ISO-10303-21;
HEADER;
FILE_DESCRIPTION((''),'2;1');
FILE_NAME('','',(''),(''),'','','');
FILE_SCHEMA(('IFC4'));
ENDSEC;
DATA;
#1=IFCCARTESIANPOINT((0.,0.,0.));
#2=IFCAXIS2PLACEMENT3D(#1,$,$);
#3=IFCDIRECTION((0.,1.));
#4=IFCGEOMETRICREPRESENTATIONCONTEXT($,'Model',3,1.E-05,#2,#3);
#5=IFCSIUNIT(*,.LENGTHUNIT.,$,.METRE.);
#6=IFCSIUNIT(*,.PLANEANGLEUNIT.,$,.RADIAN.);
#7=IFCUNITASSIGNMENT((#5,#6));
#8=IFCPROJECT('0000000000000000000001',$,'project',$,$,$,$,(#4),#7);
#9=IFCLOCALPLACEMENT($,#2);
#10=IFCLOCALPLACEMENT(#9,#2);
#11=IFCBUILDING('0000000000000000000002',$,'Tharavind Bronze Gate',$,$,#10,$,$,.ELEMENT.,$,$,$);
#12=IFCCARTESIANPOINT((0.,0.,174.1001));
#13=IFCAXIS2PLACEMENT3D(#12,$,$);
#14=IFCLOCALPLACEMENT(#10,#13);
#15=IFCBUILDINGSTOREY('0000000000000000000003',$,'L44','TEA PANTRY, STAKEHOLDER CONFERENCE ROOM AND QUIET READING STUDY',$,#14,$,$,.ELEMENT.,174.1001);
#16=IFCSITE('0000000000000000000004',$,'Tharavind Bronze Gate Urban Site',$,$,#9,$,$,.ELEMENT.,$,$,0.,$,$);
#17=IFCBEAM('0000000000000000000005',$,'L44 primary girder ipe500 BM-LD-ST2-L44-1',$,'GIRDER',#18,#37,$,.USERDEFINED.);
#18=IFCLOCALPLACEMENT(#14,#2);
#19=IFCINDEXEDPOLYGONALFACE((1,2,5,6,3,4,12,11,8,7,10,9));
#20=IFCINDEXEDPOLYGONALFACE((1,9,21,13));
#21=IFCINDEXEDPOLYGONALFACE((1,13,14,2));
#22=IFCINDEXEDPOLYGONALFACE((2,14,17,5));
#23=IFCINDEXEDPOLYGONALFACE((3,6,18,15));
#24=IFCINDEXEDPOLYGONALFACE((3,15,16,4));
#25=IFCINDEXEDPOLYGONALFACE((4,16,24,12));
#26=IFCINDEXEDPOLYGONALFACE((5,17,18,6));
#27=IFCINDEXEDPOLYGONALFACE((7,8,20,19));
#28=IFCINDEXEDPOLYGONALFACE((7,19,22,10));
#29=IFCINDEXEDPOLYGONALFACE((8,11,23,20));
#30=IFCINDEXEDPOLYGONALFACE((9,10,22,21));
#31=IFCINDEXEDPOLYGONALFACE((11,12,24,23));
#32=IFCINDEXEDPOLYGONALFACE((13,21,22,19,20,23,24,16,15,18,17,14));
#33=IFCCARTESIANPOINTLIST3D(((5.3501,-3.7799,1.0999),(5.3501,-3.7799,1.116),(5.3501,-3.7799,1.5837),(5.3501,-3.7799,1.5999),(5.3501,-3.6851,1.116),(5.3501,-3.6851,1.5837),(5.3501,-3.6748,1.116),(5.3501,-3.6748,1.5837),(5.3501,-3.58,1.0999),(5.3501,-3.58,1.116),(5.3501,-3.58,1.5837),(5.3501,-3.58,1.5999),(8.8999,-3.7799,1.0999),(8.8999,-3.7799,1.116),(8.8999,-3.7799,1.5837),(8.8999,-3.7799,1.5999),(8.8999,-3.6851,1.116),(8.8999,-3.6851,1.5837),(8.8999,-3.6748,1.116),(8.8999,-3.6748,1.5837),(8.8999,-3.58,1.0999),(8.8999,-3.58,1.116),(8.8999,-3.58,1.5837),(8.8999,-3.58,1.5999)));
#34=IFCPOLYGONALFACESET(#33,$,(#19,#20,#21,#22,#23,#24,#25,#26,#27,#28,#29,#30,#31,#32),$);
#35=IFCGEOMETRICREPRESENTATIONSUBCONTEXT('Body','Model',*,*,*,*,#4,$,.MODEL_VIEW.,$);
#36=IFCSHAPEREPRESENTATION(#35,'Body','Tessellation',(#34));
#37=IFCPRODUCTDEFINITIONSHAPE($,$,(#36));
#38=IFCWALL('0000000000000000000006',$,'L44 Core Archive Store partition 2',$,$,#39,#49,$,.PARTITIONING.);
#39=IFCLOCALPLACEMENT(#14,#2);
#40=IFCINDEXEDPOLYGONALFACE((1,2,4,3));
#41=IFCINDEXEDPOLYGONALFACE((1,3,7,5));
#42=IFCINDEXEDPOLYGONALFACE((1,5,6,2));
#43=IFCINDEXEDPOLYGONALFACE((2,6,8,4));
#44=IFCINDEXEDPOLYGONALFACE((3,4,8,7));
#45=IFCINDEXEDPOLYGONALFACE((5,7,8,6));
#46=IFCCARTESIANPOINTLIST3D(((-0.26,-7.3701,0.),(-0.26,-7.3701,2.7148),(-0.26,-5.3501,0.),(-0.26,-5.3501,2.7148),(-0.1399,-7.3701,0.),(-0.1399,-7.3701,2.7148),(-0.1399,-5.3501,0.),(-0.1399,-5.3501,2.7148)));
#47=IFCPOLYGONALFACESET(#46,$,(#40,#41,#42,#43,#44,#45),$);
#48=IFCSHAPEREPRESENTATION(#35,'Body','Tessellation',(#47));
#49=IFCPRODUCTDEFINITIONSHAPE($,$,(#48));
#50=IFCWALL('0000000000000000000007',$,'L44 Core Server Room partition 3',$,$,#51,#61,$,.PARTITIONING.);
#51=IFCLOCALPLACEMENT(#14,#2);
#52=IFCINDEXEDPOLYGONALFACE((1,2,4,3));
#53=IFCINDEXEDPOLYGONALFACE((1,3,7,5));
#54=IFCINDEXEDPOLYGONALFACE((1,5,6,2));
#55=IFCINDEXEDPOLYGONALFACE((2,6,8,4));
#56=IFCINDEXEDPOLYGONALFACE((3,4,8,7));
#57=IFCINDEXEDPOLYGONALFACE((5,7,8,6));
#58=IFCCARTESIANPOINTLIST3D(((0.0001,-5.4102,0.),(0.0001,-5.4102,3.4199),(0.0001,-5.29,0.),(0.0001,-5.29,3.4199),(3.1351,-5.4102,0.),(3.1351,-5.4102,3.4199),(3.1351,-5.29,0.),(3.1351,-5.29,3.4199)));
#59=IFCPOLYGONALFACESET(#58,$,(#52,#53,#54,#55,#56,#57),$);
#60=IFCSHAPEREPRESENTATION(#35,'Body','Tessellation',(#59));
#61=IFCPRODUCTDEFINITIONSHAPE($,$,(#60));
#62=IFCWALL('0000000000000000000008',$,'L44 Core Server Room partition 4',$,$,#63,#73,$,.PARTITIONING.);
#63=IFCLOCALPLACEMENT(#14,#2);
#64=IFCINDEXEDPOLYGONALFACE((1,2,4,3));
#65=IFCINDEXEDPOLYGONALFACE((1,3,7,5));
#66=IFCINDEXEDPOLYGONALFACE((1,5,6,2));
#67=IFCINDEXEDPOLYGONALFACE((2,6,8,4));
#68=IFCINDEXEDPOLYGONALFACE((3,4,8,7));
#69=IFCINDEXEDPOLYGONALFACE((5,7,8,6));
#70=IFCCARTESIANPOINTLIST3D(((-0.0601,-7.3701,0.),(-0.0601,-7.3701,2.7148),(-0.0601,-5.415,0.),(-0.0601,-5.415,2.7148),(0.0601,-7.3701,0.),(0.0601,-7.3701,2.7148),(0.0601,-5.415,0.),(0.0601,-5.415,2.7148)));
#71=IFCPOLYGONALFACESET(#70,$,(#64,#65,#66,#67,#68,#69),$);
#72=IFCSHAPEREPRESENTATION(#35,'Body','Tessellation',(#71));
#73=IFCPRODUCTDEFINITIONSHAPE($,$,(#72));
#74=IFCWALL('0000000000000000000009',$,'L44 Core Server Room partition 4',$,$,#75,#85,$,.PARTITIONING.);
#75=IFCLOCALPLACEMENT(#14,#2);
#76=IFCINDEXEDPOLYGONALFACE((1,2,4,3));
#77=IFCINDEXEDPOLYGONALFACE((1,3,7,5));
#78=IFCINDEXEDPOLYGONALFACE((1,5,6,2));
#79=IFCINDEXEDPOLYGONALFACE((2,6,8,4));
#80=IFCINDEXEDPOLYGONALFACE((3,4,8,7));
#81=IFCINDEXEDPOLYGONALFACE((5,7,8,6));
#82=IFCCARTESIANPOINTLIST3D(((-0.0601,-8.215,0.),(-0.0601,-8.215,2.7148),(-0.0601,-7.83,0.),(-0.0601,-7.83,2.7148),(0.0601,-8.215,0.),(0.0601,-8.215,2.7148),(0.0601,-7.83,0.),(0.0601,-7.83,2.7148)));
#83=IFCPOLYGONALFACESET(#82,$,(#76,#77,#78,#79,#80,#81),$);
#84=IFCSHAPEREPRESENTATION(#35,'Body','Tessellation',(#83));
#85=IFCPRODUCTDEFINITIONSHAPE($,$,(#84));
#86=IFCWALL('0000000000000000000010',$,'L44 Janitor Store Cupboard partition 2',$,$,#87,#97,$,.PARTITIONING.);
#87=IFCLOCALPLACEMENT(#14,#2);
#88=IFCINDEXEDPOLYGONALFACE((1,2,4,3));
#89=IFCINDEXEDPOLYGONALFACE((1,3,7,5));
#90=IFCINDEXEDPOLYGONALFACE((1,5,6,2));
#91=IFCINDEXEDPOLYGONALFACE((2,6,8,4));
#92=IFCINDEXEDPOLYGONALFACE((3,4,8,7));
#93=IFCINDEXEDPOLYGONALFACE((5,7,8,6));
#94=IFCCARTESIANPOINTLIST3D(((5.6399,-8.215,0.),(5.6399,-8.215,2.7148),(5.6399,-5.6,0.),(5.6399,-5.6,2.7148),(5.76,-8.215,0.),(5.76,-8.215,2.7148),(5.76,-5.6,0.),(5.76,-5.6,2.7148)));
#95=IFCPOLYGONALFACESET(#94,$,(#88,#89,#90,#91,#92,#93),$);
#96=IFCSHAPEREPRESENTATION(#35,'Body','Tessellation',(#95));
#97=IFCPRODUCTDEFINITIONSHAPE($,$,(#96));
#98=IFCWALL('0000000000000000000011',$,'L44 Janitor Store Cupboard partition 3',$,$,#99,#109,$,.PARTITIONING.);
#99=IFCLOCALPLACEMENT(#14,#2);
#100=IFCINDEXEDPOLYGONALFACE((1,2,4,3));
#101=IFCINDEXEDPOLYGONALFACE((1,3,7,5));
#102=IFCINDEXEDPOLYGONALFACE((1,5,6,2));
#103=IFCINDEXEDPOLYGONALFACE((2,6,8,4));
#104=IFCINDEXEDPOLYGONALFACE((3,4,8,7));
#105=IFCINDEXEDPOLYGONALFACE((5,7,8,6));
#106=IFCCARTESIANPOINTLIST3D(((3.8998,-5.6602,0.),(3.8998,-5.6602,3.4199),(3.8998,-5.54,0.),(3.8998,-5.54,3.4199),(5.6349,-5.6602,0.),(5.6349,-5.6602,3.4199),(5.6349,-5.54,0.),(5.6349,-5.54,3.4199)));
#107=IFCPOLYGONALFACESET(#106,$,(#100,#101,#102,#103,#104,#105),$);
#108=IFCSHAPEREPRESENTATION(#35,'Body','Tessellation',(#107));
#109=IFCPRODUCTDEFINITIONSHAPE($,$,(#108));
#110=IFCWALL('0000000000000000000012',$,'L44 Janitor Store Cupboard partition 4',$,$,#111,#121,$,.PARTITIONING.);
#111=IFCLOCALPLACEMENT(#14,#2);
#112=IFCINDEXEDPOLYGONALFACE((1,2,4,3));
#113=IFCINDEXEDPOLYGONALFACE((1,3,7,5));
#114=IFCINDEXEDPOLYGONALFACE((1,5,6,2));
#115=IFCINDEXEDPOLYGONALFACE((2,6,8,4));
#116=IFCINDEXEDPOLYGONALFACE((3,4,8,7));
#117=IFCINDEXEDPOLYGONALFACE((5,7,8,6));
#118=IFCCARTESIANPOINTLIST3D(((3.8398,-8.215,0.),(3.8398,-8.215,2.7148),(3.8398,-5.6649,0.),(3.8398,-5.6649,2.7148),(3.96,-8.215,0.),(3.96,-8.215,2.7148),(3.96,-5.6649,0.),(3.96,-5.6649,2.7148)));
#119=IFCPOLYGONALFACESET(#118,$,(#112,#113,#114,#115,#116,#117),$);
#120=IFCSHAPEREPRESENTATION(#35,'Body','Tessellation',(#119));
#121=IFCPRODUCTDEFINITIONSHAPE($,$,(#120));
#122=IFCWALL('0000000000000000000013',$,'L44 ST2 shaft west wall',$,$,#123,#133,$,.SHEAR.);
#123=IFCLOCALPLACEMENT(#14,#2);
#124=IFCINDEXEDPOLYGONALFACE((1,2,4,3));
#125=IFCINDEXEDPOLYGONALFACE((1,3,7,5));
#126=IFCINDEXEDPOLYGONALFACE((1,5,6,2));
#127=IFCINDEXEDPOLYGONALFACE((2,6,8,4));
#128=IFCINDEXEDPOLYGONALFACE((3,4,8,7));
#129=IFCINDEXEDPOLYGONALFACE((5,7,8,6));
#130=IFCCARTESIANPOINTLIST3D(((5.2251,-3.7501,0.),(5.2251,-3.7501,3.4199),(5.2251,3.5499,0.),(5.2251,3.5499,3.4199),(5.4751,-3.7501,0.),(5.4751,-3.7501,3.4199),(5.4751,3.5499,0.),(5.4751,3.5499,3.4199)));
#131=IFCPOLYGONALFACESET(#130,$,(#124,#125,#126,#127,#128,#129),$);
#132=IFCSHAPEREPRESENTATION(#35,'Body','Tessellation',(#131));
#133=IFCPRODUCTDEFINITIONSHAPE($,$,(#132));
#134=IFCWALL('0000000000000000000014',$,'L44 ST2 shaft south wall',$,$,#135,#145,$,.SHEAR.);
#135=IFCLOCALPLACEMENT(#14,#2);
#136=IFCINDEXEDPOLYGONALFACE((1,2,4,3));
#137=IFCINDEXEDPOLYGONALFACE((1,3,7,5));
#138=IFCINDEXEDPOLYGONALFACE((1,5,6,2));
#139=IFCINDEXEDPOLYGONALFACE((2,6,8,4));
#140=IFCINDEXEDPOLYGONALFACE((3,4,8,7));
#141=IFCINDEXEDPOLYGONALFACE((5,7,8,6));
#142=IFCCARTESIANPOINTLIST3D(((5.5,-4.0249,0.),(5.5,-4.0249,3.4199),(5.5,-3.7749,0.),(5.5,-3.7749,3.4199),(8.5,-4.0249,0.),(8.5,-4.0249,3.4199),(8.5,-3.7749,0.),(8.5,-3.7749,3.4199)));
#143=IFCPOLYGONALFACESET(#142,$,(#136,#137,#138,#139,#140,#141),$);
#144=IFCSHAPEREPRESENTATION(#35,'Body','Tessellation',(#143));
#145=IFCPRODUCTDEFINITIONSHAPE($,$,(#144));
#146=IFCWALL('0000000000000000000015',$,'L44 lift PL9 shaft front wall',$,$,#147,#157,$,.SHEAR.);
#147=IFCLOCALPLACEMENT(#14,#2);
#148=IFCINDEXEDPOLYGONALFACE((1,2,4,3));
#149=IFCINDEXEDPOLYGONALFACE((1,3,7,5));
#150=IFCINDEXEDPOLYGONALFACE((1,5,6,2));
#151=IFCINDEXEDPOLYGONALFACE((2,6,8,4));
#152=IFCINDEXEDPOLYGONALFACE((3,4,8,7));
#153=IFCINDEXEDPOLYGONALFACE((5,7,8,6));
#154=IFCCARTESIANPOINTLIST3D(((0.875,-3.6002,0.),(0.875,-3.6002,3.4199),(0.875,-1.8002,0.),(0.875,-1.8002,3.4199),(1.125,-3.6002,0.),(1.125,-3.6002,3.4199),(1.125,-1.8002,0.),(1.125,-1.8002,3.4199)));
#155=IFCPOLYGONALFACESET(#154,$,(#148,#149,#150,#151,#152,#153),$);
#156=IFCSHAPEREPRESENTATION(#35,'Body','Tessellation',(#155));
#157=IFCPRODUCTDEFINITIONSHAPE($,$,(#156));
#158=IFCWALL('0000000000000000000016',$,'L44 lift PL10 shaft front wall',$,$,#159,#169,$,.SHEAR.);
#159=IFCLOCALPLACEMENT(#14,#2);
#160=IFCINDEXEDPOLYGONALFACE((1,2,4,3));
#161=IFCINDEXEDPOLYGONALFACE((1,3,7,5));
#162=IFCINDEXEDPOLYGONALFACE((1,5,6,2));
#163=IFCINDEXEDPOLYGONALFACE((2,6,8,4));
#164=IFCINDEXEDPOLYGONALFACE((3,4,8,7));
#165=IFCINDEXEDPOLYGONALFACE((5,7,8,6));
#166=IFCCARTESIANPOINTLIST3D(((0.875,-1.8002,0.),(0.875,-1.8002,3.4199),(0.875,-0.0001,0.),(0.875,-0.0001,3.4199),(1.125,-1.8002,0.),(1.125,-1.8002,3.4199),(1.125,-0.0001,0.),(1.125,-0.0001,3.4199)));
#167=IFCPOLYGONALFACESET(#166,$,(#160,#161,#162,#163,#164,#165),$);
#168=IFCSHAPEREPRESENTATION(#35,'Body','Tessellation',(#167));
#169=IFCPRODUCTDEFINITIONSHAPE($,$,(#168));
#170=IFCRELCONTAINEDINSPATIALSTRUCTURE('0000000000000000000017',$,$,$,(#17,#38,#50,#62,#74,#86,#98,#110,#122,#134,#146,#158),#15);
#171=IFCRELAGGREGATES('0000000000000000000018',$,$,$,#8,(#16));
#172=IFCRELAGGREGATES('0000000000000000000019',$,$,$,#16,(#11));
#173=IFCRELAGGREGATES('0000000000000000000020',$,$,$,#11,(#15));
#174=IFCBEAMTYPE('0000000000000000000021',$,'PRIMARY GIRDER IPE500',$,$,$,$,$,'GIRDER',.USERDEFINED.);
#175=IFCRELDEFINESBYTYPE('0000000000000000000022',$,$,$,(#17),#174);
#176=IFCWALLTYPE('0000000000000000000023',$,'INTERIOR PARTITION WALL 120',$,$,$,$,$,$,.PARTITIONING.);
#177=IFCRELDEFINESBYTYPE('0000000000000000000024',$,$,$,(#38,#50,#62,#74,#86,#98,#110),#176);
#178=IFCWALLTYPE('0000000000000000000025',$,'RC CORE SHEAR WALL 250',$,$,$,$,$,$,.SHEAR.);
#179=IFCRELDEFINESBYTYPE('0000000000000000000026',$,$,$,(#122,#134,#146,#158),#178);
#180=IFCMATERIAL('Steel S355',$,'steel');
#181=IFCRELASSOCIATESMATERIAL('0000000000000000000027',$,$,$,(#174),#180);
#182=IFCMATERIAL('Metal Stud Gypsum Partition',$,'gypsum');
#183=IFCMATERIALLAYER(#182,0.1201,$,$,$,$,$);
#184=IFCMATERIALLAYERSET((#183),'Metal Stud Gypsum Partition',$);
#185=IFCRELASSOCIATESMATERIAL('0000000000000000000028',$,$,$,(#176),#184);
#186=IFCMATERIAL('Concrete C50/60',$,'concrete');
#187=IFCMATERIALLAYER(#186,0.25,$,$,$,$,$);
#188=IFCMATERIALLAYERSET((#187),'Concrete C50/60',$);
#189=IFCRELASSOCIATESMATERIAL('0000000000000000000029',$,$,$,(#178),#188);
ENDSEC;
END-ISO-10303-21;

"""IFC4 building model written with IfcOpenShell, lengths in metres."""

from ifc_helpers import new_model, si_unit, direction, frame, frame_2d, origin, origin_2d, place, context, subcontext, project, spatial, rectangle, i_section, extrude, material, layer, layer_set, material_profile, profile_set, type_object, element, save


model = new_model("IFC4")

# Units and contexts
model_context = context("Model", 3, precision=1e-05, world=origin(), true_north=direction((0.0, 1.0)))
body_context = subcontext(model_context, "Body", "Model", "MODEL_VIEW")
ifc_project = project(units=[si_unit("LENGTHUNIT", "METRE"), si_unit("PLANEANGLEUNIT", "RADIAN")], contexts=[model_context])

# Site, building, storey
site_placement = place(None, origin())
site = spatial("IfcSite", under=ifc_project, at=site_placement, Name="Tharavind Bronze Gate Urban Site", CompositionType="ELEMENT", RefElevation=0.0)
building_placement = place(site_placement, origin())
building = spatial("IfcBuilding", under=site, at=building_placement, Name="Tharavind Bronze Gate", CompositionType="ELEMENT")
storey_placement = place(building_placement, frame((0.0, 0.0, 174.1001)))
storey = spatial("IfcBuildingStorey", under=building, at=storey_placement, Name="L44", Description="TEA PANTRY, STAKEHOLDER CONFERENCE ROOM AND QUIET READING STUDY", CompositionType="ELEMENT", Elevation=174.1001)

# Beam
ifc_material_1 = material(Name="Steel S355", Category="steel")
ifc_material_profile = material_profile(ifc_material_1, i_section(OverallWidth=0.2, OverallDepth=0.5, WebThickness=0.0103, FlangeThickness=0.0161, at=origin_2d()), Name="IPE500")
ifc_profile_set = profile_set([ifc_material_profile], Name="Steel S355")
beam_type = type_object("IfcBeamType", Name="PRIMARY GIRDER IPE500", ElementType="GIRDER", PredefinedType="USERDEFINED", material=ifc_profile_set)
beam_placement = place(storey_placement, frame((5.3501, -3.6799, 1.3499), z_axis=(1.0, 0.0, 0.0), x_axis=(0.0, 1.0, 0.0)))
element("IfcBeam", 1, at=beam_placement, inside=storey, type_object=beam_type, Name="L44 primary girder ipe500 BM-LD-ST2-L44-1", ObjectType="GIRDER", PredefinedType="USERDEFINED", context=body_context, shape_type="SweptSolid", body=[
    extrude(i_section(OverallWidth=0.2, OverallDepth=0.5, WebThickness=0.0103, FlangeThickness=0.0161, at=origin_2d()), origin(), (0.0, 0.0, 1.0), 3.5498),
])

# Walls
ifc_material_2 = material(Name="Metal Stud Gypsum Partition", Category="gypsum")
ifc_layer_1 = layer(ifc_material_2, 0.1201)
ifc_layer_set_1 = layer_set([ifc_layer_1], Name="Metal Stud Gypsum Partition")
wall_type_1 = type_object("IfcWallType", Name="INTERIOR PARTITION WALL 120", PredefinedType="PARTITIONING", material=ifc_layer_set_1)
wall_1_placement = place(storey_placement, frame((-0.2, -7.3701, 0.0), z_axis=(0.0, 0.0, 1.0), x_axis=(0.0, 1.0, 0.0)))
element("IfcWall", 2, at=wall_1_placement, inside=storey, type_object=wall_type_1, Name="L44 Core Archive Store partition 2", PredefinedType="PARTITIONING", context=body_context, shape_type="SweptSolid", body=[
    extrude(rectangle(XDim=2.02, YDim=0.1201, at=frame_2d((1.01, 0.0))), origin(), (0.0, 0.0, 1.0), 2.7148),
])
wall_2_placement = place(storey_placement, frame((3.135, -5.3501, 0.0), z_axis=(0.0, 0.0, 1.0), x_axis=(-1.0, 0.0, 0.0)))
element("IfcWall", 3, at=wall_2_placement, inside=storey, type_object=wall_type_1, Name="L44 Core Server Room partition 3", PredefinedType="PARTITIONING", context=body_context, shape_type="SweptSolid", body=[
    extrude(rectangle(XDim=3.135, YDim=0.1201, at=frame_2d((1.5674, 0.0))), origin(), (0.0, 0.0, 1.0), 3.4199),
])
wall_3_placement = place(storey_placement, frame((0.0, -5.415, 0.0), z_axis=(0.0, 0.0, 1.0), x_axis=(0.0, -1.0, 0.0)))
element("IfcWall", 4, at=wall_3_placement, inside=storey, type_object=wall_type_1, Name="L44 Core Server Room partition 4", PredefinedType="PARTITIONING", context=body_context, shape_type="SweptSolid", body=[
    extrude(rectangle(XDim=1.9551, YDim=0.1201, at=frame_2d((0.9775, 0.0))), origin(), (0.0, 0.0, 1.0), 2.7148),
])
wall_4_placement = place(storey_placement, frame((0.0, -7.8301, 0.0), z_axis=(0.0, 0.0, 1.0), x_axis=(0.0, -1.0, 0.0)))
element("IfcWall", 5, at=wall_4_placement, inside=storey, type_object=wall_type_1, Name="L44 Core Server Room partition 4", PredefinedType="PARTITIONING", context=body_context, shape_type="SweptSolid", body=[
    extrude(rectangle(XDim=0.385, YDim=0.1201, at=frame_2d((0.1924, 0.0))), origin(), (0.0, 0.0, 1.0), 2.7148),
])
wall_5_placement = place(storey_placement, frame((5.7, -8.2151, 0.0), z_axis=(0.0, 0.0, 1.0), x_axis=(0.0, 1.0, 0.0)))
element("IfcWall", 6, at=wall_5_placement, inside=storey, type_object=wall_type_1, Name="L44 Janitor Store Cupboard partition 2", PredefinedType="PARTITIONING", context=body_context, shape_type="SweptSolid", body=[
    extrude(rectangle(XDim=2.615, YDim=0.1201, at=frame_2d((1.3076, 0.0))), origin(), (0.0, 0.0, 1.0), 2.7148),
])
wall_6_placement = place(storey_placement, frame((5.635, -5.6001, 0.0), z_axis=(0.0, 0.0, 1.0), x_axis=(-1.0, 0.0, 0.0)))
element("IfcWall", 7, at=wall_6_placement, inside=storey, type_object=wall_type_1, Name="L44 Janitor Store Cupboard partition 3", PredefinedType="PARTITIONING", context=body_context, shape_type="SweptSolid", body=[
    extrude(rectangle(XDim=1.7351, YDim=0.1201, at=frame_2d((0.8677, 0.0))), origin(), (0.0, 0.0, 1.0), 3.4199),
])
wall_7_placement = place(storey_placement, frame((3.8999, -5.665, 0.0), z_axis=(0.0, 0.0, 1.0), x_axis=(0.0, -1.0, 0.0)))
element("IfcWall", 8, at=wall_7_placement, inside=storey, type_object=wall_type_1, Name="L44 Janitor Store Cupboard partition 4", PredefinedType="PARTITIONING", context=body_context, shape_type="SweptSolid", body=[
    extrude(rectangle(XDim=2.55, YDim=0.1201, at=frame_2d((1.2749, 0.0))), origin(), (0.0, 0.0, 1.0), 2.7148),
])
ifc_material_3 = material(Name="Concrete C50/60", Category="concrete")
ifc_layer_2 = layer(ifc_material_3, 0.25)
ifc_layer_set_2 = layer_set([ifc_layer_2], Name="Concrete C50/60")
wall_type_2 = type_object("IfcWallType", Name="RC CORE SHEAR WALL 250", PredefinedType="SHEAR", material=ifc_layer_set_2)
wall_8_placement = place(storey_placement, frame((5.3501, -3.75, 0.0), z_axis=(0.0, 0.0, 1.0), x_axis=(0.0, 1.0, 0.0)))
element("IfcWall", 9, at=wall_8_placement, inside=storey, type_object=wall_type_2, Name="L44 ST2 shaft west wall", PredefinedType="SHEAR", context=body_context, shape_type="SweptSolid", body=[
    extrude(rectangle(XDim=7.3, YDim=0.25, at=frame_2d((3.6499, 0.0))), origin(), (0.0, 0.0, 1.0), 3.4199),
])
wall_9_placement = place(storey_placement, frame((5.5, -3.8999, 0.0), z_axis=(0.0, 0.0, 1.0), x_axis=(1.0, 0.0, 0.0)))
element("IfcWall", 10, at=wall_9_placement, inside=storey, type_object=wall_type_2, Name="L44 ST2 shaft south wall", PredefinedType="SHEAR", context=body_context, shape_type="SweptSolid", body=[
    extrude(rectangle(XDim=3.0, YDim=0.25, at=frame_2d((1.5, 0.0))), origin(), (0.0, 0.0, 1.0), 3.4199),
])
for number, where, z_axis, x_axis, name in (
    (11, (1.0, -3.6001, 0.0), (0.0, 0.0, 1.0), (0.0, 1.0, 0.0), "L44 lift PL9 shaft front wall"),
    (12, (1.0, -1.8, 0.0), (0.0, 0.0, 1.0), (0.0, 1.0, 0.0), "L44 lift PL10 shaft front wall"),
):
    element("IfcWall", number, at=place(storey_placement, frame(where, z_axis=z_axis, x_axis=x_axis)), inside=storey, type_object=wall_type_2, Name=name, PredefinedType="SHEAR", context=body_context, shape_type="SweptSolid", body=[
        extrude(rectangle(XDim=1.8, YDim=0.25, at=frame_2d((0.8999, 0.0))), origin(), (0.0, 0.0, 1.0), 3.4199),
    ])

save(model, "model.ifc")
